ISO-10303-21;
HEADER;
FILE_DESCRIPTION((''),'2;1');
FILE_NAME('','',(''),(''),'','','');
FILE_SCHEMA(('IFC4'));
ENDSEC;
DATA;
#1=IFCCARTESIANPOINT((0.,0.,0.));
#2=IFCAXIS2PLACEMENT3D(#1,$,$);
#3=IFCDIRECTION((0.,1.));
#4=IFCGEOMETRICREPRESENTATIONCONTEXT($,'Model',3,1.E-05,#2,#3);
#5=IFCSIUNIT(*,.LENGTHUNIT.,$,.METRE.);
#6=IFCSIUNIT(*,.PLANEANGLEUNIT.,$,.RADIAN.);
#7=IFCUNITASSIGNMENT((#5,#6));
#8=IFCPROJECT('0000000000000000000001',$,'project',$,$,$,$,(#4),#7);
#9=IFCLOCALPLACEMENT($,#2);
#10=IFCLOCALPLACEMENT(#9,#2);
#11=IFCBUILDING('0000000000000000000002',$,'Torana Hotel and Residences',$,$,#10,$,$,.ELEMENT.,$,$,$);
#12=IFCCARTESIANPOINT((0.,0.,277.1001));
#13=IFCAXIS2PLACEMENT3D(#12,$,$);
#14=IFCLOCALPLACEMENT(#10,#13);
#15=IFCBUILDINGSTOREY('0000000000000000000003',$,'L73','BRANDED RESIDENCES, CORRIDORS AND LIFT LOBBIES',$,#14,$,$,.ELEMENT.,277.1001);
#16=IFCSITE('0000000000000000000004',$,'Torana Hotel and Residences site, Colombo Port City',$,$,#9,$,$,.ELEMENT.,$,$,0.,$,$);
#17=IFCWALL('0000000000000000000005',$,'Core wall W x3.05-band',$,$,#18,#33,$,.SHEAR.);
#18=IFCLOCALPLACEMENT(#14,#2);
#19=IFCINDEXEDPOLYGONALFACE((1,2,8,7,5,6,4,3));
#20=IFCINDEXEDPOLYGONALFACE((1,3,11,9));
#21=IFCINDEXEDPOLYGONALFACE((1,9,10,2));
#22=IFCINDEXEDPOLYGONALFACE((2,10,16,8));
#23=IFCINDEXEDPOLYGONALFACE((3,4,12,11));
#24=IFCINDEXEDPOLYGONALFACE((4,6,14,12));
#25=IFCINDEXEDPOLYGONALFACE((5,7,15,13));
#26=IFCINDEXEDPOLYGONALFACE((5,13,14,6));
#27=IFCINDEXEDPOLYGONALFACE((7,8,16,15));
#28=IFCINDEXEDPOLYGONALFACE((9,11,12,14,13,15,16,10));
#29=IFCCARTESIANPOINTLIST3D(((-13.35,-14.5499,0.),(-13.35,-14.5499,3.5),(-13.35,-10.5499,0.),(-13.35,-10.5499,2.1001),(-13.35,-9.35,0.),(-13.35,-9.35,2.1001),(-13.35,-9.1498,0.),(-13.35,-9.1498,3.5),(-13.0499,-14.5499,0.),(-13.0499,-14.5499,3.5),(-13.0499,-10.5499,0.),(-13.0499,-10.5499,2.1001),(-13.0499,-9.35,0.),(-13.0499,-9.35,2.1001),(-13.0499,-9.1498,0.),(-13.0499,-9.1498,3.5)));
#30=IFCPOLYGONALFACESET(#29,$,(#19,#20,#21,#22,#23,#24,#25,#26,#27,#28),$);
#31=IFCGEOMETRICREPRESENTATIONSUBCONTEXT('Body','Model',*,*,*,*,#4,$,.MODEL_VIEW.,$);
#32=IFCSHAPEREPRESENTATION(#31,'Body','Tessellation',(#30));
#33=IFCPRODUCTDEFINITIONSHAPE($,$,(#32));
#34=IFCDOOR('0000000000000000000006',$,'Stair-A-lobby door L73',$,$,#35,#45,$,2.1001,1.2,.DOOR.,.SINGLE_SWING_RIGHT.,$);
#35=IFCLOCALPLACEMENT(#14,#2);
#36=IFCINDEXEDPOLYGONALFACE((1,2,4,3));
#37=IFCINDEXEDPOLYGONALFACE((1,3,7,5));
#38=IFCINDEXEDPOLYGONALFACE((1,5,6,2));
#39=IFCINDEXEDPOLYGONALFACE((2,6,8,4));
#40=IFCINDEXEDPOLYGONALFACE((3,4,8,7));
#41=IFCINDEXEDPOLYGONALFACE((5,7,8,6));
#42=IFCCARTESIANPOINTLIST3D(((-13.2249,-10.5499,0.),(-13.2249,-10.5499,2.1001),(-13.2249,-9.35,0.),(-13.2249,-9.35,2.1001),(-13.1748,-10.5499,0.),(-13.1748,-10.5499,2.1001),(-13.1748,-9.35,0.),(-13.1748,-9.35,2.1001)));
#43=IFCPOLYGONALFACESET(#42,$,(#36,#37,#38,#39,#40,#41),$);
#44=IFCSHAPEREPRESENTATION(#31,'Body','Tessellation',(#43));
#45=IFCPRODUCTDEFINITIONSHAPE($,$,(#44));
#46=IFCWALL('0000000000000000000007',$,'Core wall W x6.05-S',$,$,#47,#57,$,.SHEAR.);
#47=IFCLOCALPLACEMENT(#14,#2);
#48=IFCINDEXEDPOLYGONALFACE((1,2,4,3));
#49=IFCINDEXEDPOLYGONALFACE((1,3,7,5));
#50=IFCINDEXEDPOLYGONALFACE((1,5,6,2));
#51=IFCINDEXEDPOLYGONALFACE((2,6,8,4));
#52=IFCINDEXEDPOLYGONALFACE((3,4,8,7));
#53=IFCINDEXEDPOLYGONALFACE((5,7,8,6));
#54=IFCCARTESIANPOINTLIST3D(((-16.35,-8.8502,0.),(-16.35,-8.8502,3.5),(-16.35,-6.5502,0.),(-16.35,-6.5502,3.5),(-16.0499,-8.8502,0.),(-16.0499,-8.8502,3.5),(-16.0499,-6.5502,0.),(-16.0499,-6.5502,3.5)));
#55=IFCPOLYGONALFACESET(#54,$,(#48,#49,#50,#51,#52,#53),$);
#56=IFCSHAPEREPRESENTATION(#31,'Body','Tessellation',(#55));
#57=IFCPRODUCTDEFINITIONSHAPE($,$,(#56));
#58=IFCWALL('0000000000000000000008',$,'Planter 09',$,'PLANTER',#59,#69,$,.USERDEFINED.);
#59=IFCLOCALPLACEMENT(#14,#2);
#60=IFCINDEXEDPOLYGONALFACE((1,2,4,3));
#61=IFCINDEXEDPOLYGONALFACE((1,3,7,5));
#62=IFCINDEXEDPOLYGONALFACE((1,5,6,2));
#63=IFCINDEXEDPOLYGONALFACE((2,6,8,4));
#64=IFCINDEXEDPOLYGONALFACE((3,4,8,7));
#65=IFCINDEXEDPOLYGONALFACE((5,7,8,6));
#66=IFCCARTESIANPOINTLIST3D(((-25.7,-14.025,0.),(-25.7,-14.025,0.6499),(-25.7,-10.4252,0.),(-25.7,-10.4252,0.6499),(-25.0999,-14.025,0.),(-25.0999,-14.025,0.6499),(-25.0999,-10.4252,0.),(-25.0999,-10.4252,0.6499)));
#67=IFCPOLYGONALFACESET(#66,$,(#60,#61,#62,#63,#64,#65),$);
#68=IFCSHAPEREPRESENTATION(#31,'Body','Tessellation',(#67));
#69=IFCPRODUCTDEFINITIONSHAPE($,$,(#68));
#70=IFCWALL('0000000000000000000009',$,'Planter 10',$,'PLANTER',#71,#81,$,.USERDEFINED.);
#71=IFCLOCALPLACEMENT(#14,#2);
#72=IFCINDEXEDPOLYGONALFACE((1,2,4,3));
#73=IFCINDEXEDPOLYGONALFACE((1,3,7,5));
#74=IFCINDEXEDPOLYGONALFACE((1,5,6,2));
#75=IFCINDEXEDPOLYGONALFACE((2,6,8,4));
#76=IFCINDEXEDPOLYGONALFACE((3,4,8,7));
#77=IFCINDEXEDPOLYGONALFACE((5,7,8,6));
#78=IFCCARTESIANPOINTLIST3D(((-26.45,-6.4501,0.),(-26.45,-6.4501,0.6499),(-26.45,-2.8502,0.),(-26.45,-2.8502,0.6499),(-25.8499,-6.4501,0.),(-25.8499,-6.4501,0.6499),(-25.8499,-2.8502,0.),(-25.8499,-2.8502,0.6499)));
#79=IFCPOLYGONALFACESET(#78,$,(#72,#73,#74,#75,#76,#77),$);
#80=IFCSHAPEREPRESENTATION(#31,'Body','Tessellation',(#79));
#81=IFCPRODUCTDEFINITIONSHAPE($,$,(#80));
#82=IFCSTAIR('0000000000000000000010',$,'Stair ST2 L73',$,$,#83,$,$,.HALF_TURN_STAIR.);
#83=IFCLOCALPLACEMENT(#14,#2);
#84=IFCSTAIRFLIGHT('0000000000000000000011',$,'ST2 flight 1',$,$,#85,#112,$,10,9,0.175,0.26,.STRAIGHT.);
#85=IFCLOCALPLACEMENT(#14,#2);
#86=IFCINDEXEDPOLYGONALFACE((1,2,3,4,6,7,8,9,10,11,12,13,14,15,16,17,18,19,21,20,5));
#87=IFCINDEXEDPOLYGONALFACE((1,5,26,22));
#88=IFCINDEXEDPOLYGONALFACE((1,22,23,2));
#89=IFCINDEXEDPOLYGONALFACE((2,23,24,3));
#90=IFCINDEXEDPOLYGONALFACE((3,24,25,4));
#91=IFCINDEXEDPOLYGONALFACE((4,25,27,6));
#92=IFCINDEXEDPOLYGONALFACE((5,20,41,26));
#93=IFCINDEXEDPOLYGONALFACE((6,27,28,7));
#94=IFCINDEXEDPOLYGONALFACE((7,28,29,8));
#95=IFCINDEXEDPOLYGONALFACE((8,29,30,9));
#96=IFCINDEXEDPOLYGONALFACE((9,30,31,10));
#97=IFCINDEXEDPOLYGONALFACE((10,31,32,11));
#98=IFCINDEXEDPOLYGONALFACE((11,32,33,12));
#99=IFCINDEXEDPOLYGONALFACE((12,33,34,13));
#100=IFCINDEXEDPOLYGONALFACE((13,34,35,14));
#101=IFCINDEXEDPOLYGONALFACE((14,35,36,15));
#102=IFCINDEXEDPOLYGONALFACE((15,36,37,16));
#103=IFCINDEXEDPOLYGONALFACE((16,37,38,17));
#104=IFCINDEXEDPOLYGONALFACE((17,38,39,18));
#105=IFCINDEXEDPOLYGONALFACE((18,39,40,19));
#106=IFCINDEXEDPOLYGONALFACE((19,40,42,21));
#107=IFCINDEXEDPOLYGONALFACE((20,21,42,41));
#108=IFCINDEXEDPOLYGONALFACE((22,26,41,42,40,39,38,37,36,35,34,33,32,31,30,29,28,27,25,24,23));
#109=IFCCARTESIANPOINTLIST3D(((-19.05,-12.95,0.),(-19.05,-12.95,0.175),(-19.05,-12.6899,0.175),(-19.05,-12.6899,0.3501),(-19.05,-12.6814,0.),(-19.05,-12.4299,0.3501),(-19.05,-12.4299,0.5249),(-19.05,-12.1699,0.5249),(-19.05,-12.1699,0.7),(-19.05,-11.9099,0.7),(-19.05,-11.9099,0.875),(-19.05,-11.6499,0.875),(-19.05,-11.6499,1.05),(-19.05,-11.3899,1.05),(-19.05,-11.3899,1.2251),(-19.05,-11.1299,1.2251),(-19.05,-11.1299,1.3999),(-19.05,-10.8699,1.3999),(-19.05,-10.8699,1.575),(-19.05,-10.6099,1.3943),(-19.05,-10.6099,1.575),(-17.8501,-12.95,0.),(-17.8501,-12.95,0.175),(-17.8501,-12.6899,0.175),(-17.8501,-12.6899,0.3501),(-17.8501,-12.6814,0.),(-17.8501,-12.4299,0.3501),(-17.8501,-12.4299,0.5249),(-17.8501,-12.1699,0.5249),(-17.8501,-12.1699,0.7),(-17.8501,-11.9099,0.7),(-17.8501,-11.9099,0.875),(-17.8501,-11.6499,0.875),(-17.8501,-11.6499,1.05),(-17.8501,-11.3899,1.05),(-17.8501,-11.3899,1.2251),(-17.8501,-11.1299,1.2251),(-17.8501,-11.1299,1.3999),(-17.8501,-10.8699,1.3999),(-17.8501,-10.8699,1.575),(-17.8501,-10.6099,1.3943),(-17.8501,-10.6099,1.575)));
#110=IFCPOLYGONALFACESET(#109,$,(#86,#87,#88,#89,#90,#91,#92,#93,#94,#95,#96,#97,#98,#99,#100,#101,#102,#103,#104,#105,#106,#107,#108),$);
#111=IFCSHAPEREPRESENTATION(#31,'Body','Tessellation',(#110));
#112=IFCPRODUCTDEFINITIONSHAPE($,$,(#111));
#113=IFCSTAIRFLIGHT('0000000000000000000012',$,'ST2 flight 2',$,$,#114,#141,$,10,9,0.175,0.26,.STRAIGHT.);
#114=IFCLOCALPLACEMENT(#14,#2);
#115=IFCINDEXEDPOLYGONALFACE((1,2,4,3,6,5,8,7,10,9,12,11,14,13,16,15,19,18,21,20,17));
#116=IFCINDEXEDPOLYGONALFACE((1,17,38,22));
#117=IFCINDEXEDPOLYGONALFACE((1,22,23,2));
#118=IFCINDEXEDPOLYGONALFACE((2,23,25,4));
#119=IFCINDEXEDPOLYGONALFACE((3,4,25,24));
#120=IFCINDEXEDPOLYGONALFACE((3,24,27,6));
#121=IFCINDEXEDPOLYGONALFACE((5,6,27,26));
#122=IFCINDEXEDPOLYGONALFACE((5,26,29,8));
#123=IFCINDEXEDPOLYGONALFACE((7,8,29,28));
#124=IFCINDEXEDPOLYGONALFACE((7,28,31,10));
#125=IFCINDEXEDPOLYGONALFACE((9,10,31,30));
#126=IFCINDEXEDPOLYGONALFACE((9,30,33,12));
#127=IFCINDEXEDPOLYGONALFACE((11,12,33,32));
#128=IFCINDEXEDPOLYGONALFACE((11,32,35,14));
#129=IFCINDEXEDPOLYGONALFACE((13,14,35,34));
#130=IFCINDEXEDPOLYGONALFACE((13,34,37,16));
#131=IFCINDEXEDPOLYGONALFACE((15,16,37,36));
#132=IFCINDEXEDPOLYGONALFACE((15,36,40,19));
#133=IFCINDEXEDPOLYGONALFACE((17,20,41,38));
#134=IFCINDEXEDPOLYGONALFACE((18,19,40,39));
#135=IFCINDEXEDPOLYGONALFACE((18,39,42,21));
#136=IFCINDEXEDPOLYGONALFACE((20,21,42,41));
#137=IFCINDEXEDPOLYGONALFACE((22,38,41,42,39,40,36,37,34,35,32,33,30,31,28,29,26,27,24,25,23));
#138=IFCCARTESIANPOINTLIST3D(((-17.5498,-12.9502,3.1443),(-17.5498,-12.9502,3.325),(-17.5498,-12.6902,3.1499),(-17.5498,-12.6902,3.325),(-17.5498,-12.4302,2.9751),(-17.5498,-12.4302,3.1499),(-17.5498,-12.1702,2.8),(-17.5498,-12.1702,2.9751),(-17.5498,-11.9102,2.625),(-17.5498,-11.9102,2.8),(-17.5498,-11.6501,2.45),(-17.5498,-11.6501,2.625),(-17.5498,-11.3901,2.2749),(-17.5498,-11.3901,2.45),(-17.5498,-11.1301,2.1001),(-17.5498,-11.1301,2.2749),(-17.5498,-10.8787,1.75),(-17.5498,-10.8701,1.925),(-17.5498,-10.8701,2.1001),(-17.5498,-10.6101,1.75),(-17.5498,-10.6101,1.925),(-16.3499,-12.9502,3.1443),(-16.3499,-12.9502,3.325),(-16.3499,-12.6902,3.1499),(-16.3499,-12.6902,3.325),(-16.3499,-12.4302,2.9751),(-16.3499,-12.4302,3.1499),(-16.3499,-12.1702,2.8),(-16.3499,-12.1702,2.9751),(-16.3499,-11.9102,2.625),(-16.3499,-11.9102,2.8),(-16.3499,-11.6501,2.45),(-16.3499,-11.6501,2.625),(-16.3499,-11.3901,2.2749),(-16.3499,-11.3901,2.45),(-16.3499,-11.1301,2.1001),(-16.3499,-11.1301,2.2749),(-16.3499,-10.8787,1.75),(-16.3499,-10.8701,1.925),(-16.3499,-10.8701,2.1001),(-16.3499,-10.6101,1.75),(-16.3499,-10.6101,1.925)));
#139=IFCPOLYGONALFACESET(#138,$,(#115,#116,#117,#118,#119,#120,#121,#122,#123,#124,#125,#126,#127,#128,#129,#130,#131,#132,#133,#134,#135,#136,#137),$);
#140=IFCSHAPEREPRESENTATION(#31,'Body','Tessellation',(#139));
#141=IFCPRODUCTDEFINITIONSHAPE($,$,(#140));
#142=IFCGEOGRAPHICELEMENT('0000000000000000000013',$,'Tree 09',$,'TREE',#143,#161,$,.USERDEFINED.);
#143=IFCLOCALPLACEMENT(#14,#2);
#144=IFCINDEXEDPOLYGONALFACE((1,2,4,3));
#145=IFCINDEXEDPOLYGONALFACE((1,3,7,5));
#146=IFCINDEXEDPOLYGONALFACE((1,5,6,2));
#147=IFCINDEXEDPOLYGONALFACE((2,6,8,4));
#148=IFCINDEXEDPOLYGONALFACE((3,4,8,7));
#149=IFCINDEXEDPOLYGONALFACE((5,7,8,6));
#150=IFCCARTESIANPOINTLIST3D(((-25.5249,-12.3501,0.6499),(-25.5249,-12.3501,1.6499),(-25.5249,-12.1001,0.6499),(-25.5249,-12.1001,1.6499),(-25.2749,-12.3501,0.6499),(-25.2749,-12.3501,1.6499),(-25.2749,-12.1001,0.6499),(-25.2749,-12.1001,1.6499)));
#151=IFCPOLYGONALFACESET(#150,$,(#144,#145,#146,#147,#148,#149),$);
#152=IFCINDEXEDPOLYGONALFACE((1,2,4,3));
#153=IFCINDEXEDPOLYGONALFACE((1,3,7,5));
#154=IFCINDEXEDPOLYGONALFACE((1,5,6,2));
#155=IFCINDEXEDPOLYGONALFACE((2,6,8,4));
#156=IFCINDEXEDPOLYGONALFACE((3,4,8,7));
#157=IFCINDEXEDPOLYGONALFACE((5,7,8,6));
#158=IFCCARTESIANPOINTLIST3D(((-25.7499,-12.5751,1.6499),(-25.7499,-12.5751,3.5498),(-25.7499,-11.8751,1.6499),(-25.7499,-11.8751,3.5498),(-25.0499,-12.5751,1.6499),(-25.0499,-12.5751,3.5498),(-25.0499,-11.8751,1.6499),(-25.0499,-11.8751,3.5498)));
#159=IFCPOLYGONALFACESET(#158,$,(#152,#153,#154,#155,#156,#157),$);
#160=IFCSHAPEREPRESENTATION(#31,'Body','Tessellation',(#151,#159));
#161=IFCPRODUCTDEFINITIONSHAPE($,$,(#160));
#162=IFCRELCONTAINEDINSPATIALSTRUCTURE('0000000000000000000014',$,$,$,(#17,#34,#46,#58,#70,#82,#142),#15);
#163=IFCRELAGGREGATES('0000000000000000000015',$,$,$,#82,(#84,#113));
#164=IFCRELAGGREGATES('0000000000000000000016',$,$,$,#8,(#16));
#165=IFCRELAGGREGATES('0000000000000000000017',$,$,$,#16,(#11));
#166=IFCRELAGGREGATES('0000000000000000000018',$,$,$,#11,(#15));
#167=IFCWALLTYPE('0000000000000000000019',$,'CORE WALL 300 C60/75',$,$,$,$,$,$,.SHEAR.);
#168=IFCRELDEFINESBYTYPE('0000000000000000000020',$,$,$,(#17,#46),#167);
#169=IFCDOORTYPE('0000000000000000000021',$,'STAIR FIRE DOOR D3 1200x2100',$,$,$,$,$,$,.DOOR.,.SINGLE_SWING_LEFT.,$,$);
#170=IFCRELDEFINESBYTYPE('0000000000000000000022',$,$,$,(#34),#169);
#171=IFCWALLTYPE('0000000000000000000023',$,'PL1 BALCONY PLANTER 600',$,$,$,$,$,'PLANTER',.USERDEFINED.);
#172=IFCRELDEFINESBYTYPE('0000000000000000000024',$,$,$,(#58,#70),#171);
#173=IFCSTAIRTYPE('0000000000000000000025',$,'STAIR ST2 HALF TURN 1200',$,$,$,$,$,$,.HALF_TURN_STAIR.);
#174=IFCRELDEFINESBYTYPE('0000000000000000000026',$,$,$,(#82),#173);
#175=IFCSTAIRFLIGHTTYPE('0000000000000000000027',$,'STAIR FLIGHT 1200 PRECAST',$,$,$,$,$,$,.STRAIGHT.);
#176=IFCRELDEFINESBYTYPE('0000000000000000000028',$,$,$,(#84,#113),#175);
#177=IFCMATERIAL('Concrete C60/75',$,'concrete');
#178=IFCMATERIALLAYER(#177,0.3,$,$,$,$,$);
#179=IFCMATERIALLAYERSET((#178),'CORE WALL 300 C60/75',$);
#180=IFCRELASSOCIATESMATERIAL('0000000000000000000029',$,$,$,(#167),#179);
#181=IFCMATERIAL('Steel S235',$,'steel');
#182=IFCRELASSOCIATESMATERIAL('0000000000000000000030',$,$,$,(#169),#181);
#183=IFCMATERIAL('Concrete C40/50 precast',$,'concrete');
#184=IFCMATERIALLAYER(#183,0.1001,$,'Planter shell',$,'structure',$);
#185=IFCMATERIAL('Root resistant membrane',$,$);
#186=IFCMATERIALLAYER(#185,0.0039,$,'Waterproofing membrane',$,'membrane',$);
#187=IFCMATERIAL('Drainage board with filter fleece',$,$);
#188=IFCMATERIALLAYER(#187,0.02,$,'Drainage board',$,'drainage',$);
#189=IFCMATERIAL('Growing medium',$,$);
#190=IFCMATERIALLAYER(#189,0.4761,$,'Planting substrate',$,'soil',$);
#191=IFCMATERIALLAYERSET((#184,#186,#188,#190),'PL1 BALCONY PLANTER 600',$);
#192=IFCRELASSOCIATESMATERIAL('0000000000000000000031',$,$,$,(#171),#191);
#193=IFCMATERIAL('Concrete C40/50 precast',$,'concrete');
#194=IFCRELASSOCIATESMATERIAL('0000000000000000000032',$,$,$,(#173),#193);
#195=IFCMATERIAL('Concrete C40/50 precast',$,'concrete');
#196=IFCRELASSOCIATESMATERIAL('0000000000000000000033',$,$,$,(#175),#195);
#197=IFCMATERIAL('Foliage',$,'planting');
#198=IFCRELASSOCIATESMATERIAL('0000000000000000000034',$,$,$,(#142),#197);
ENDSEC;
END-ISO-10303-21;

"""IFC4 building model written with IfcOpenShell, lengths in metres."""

from ifc_helpers import new_model, si_unit, direction, frame, frame_2d, origin, origin_2d, place, context, subcontext, project, spatial, polyline, rectangle, outline, extrude, material, layer, layer_set, type_object, element, fill, aggregate, save


model = new_model("IFC4")

# Units and contexts
model_context = context("Model", 3, precision=1e-05, world=origin(), true_north=direction((0.0, 1.0)))
body_context = subcontext(model_context, "Body", "Model", "MODEL_VIEW")
ifc_project = project(units=[si_unit("LENGTHUNIT", "METRE"), si_unit("PLANEANGLEUNIT", "RADIAN")], contexts=[model_context])

# Site, building, storey
site_placement = place(None, origin())
site = spatial("IfcSite", under=ifc_project, at=site_placement, Name="Torana Hotel and Residences site, Colombo Port City", CompositionType="ELEMENT", RefElevation=0.0)
building_placement = place(site_placement, origin())
building = spatial("IfcBuilding", under=site, at=building_placement, Name="Torana Hotel and Residences", CompositionType="ELEMENT")
storey_placement = place(building_placement, frame((0.0, 0.0, 277.1001)))
storey = spatial("IfcBuildingStorey", under=building, at=storey_placement, Name="L73", Description="BRANDED RESIDENCES, CORRIDORS AND LIFT LOBBIES", CompositionType="ELEMENT", Elevation=277.1001)

# Shared definitions
ifc_material_1 = material(Name="Concrete C60/75", Category="concrete")
ifc_layer_1 = layer(ifc_material_1, 0.3)
ifc_layer_set_1 = layer_set([ifc_layer_1], Name="CORE WALL 300 C60/75")
wall_type_1 = type_object("IfcWallType", Name="CORE WALL 300 C60/75", PredefinedType="SHEAR", material=ifc_layer_set_1)

# Wall, opening, door
wall_1_placement = place(storey_placement, frame((-13.2, -14.55, 0.0), z_axis=(0.0, 0.0, 1.0), x_axis=(0.0, 1.0, 0.0)))
wall_1 = element("IfcWall", 1, at=wall_1_placement, inside=storey, type_object=wall_type_1, Name="Core wall W x3.05-band", PredefinedType="SHEAR", context=body_context, shape_type="SweptSolid", body=[
    extrude(rectangle(XDim=5.4001, YDim=0.3, at=frame_2d((2.7002, 0.0))), origin(), (0.0, 0.0, 1.0), 3.5),
])
opening_1_placement = place(wall_1_placement, frame((4.0, 0.0, 0.0)))
opening_1 = element("IfcOpeningElement", 2, at=opening_1_placement, cuts=wall_1, PredefinedType="OPENING", context=body_context, shape_type="SweptSolid", body=[
    extrude(rectangle(XDim=1.2, YDim=2.1001, at=frame_2d((0.6001, 1.05))), frame((0.0, 0.1599, 0.0), z_axis=(0.0, -1.0, 0.0), x_axis=(1.0, 0.0, 0.0)), (0.0, 0.0, 1.0), 0.3201),
])
ifc_material_2 = material(Name="Steel S235", Category="steel")
door_type_1 = type_object("IfcDoorType", Name="STAIR FIRE DOOR D3 1200x2100", OperationType="SINGLE_SWING_LEFT", PredefinedType="DOOR", material=ifc_material_2)
door_1_placement = place(opening_1_placement, frame((0.6001, 0.0, 0.0), z_axis=(0.0, 0.0, 1.0), x_axis=(-1.0, 0.0, 0.0)))
door_1 = element("IfcDoor", 3, at=door_1_placement, inside=storey, type_object=door_type_1, Name="Stair-A-lobby door L73", OperationType="SINGLE_SWING_RIGHT", OverallHeight=2.1001, OverallWidth=1.2, PredefinedType="DOOR", context=body_context, shape_type="SweptSolid", body=[
    extrude(rectangle(XDim=1.2, YDim=2.1001, at=frame_2d((0.0, 1.05))), frame((0.0, -0.0249, 0.0), z_axis=(0.0, 1.0, 0.0), x_axis=(-1.0, 0.0, 0.0)), (0.0, 0.0, 1.0), 0.05),
])
fill(opening_1, door_1)

# Walls
wall_2_placement = place(storey_placement, frame((-16.2, -8.8501, 0.0), z_axis=(0.0, 0.0, 1.0), x_axis=(0.0, 1.0, 0.0)))
element("IfcWall", 4, at=wall_2_placement, inside=storey, type_object=wall_type_1, Name="Core wall W x6.05-S", PredefinedType="SHEAR", context=body_context, shape_type="SweptSolid", body=[
    extrude(rectangle(XDim=2.3, YDim=0.3, at=frame_2d((1.1499, 0.0))), origin(), (0.0, 0.0, 1.0), 3.5),
])
ifc_material_3 = material(Name="Concrete C40/50 precast", Category="concrete")
ifc_layer_2 = layer(ifc_material_3, 0.1001, Name="Planter shell", Category="structure")
ifc_material_4 = material(Name="Root resistant membrane")
ifc_layer_3 = layer(ifc_material_4, 0.0039, Name="Waterproofing membrane", Category="membrane")
ifc_material_5 = material(Name="Drainage board with filter fleece")
ifc_layer_4 = layer(ifc_material_5, 0.02, Name="Drainage board", Category="drainage")
ifc_material_6 = material(Name="Growing medium")
ifc_layer_5 = layer(ifc_material_6, 0.4761, Name="Planting substrate", Category="soil")
ifc_layer_set_2 = layer_set([ifc_layer_2, ifc_layer_3, ifc_layer_4, ifc_layer_5], Name="PL1 BALCONY PLANTER 600")
wall_type_2 = type_object("IfcWallType", Name="PL1 BALCONY PLANTER 600", ElementType="PLANTER", PredefinedType="USERDEFINED", material=ifc_layer_set_2)
for number, where, z_axis, x_axis, name in (
    (5, (-25.3999, -14.0249, 0.0), (0.0, 0.0, 1.0), (0.0, 1.0, 0.0), "Planter 09"),
    (6, (-26.1499, -6.45, 0.0), (0.0, 0.0, 1.0), (0.0, 1.0, 0.0), "Planter 10"),
):
    element("IfcWall", number, at=place(storey_placement, frame(where, z_axis=z_axis, x_axis=x_axis)), inside=storey, type_object=wall_type_2, Name=name, ObjectType="PLANTER", PredefinedType="USERDEFINED", context=body_context, shape_type="SweptSolid", body=[
        extrude(rectangle(XDim=3.5999, YDim=0.6001, at=frame_2d((1.7998, 0.0))), origin(), (0.0, 0.0, 1.0), 0.6499),
    ])

# Stair, stair flights
ifc_material_7 = material(Name="Concrete C40/50 precast", Category="concrete")
stair_type = type_object("IfcStairType", Name="STAIR ST2 HALF TURN 1200", PredefinedType="HALF_TURN_STAIR", material=ifc_material_7)
stair_placement = place(storey_placement, origin())
stair = element("IfcStair", 7, at=stair_placement, inside=storey, type_object=stair_type, Name="Stair ST2 L73", PredefinedType="HALF_TURN_STAIR")
ifc_material_8 = material(Name="Concrete C40/50 precast", Category="concrete")
stair_flight_type = type_object("IfcStairFlightType", Name="STAIR FLIGHT 1200 PRECAST", PredefinedType="STRAIGHT", material=ifc_material_8)
stair_flight_1_placement = place(storey_placement, frame((-18.45, -12.95, 0.0), z_axis=(0.0, 0.0, 1.0), x_axis=(0.0, 1.0, 0.0)))
stair_flight_1 = element("IfcStairFlight", 8, at=stair_flight_1_placement, type_object=stair_flight_type, Name="ST2 flight 1", NumberOfRisers=10, NumberOfTreads=9, PredefinedType="STRAIGHT", RiserHeight=0.175, TreadLength=0.26, context=body_context, shape_type="SweptSolid", body=[
    extrude(outline(polyline([(0.0, 0.0), (0.0, 0.175), (0.26, 0.175), (0.26, 0.3501), (0.52, 0.3501), (0.52, 0.5249), (0.78, 0.5249), (0.78, 0.7), (1.04, 0.7), (1.04, 0.875), (1.3, 0.875), (1.3, 1.05), (1.5601, 1.05), (1.5601, 1.2251), (1.8201, 1.2251), (1.8201, 1.3999), (2.0801, 1.3999), (2.0801, 1.575), (2.3401, 1.575), (2.3401, 1.75), (2.3401, 1.3943), (0.2686, 0.0), (0.0, 0.0)])), frame((0.0, 0.6001, 0.0), z_axis=(0.0, -1.0, 0.0), x_axis=(1.0, 0.0, 0.0)), (0.0, 0.0, 1.0), 1.2),
])
stair_flight_2_placement = place(storey_placement, frame((-16.95, -10.6101, 1.75), z_axis=(0.0, 0.0, 1.0), x_axis=(0.0, -1.0, 0.0)))
stair_flight_2 = element("IfcStairFlight", 9, at=stair_flight_2_placement, type_object=stair_flight_type, Name="ST2 flight 2", NumberOfRisers=10, NumberOfTreads=9, PredefinedType="STRAIGHT", RiserHeight=0.175, TreadLength=0.26, context=body_context, shape_type="SweptSolid", body=[
    extrude(outline(polyline([(0.0, 0.0), (0.0, 0.175), (0.26, 0.175), (0.26, 0.3501), (0.52, 0.3501), (0.52, 0.5249), (0.78, 0.5249), (0.78, 0.7), (1.04, 0.7), (1.04, 0.875), (1.3, 0.875), (1.3, 1.05), (1.5601, 1.05), (1.5601, 1.2251), (1.8201, 1.2251), (1.8201, 1.3999), (2.0801, 1.3999), (2.0801, 1.575), (2.3401, 1.575), (2.3401, 1.75), (2.3401, 1.3943), (0.2686, 0.0), (0.0, 0.0)])), frame((0.0, 0.6001, 0.0), z_axis=(0.0, -1.0, 0.0), x_axis=(1.0, 0.0, 0.0)), (0.0, 0.0, 1.0), 1.2),
])
aggregate(stair, [stair_flight_1, stair_flight_2])

# Geographic element
ifc_material_9 = material(Name="Foliage", Category="planting")
geographic_element_placement = place(storey_placement, frame((-25.3999, -12.2251, 0.6499), z_axis=(0.0, 0.0, 1.0), x_axis=(1.0, 0.0, 0.0)))
element("IfcGeographicElement", 10, at=geographic_element_placement, inside=storey, material=ifc_material_9, Name="Tree 09", ObjectType="TREE", PredefinedType="USERDEFINED", context=body_context, shape_type="SweptSolid", body=[
    extrude(rectangle(XDim=0.25, YDim=0.25, at=origin_2d()), origin(), (0.0, 0.0, 1.0), 1.0),
    extrude(rectangle(XDim=0.7, YDim=0.7, at=origin_2d()), frame((0.0, 0.0, 1.0)), (0.0, 0.0, 1.0), 1.8999),
])

save(model, "model.ifc")
